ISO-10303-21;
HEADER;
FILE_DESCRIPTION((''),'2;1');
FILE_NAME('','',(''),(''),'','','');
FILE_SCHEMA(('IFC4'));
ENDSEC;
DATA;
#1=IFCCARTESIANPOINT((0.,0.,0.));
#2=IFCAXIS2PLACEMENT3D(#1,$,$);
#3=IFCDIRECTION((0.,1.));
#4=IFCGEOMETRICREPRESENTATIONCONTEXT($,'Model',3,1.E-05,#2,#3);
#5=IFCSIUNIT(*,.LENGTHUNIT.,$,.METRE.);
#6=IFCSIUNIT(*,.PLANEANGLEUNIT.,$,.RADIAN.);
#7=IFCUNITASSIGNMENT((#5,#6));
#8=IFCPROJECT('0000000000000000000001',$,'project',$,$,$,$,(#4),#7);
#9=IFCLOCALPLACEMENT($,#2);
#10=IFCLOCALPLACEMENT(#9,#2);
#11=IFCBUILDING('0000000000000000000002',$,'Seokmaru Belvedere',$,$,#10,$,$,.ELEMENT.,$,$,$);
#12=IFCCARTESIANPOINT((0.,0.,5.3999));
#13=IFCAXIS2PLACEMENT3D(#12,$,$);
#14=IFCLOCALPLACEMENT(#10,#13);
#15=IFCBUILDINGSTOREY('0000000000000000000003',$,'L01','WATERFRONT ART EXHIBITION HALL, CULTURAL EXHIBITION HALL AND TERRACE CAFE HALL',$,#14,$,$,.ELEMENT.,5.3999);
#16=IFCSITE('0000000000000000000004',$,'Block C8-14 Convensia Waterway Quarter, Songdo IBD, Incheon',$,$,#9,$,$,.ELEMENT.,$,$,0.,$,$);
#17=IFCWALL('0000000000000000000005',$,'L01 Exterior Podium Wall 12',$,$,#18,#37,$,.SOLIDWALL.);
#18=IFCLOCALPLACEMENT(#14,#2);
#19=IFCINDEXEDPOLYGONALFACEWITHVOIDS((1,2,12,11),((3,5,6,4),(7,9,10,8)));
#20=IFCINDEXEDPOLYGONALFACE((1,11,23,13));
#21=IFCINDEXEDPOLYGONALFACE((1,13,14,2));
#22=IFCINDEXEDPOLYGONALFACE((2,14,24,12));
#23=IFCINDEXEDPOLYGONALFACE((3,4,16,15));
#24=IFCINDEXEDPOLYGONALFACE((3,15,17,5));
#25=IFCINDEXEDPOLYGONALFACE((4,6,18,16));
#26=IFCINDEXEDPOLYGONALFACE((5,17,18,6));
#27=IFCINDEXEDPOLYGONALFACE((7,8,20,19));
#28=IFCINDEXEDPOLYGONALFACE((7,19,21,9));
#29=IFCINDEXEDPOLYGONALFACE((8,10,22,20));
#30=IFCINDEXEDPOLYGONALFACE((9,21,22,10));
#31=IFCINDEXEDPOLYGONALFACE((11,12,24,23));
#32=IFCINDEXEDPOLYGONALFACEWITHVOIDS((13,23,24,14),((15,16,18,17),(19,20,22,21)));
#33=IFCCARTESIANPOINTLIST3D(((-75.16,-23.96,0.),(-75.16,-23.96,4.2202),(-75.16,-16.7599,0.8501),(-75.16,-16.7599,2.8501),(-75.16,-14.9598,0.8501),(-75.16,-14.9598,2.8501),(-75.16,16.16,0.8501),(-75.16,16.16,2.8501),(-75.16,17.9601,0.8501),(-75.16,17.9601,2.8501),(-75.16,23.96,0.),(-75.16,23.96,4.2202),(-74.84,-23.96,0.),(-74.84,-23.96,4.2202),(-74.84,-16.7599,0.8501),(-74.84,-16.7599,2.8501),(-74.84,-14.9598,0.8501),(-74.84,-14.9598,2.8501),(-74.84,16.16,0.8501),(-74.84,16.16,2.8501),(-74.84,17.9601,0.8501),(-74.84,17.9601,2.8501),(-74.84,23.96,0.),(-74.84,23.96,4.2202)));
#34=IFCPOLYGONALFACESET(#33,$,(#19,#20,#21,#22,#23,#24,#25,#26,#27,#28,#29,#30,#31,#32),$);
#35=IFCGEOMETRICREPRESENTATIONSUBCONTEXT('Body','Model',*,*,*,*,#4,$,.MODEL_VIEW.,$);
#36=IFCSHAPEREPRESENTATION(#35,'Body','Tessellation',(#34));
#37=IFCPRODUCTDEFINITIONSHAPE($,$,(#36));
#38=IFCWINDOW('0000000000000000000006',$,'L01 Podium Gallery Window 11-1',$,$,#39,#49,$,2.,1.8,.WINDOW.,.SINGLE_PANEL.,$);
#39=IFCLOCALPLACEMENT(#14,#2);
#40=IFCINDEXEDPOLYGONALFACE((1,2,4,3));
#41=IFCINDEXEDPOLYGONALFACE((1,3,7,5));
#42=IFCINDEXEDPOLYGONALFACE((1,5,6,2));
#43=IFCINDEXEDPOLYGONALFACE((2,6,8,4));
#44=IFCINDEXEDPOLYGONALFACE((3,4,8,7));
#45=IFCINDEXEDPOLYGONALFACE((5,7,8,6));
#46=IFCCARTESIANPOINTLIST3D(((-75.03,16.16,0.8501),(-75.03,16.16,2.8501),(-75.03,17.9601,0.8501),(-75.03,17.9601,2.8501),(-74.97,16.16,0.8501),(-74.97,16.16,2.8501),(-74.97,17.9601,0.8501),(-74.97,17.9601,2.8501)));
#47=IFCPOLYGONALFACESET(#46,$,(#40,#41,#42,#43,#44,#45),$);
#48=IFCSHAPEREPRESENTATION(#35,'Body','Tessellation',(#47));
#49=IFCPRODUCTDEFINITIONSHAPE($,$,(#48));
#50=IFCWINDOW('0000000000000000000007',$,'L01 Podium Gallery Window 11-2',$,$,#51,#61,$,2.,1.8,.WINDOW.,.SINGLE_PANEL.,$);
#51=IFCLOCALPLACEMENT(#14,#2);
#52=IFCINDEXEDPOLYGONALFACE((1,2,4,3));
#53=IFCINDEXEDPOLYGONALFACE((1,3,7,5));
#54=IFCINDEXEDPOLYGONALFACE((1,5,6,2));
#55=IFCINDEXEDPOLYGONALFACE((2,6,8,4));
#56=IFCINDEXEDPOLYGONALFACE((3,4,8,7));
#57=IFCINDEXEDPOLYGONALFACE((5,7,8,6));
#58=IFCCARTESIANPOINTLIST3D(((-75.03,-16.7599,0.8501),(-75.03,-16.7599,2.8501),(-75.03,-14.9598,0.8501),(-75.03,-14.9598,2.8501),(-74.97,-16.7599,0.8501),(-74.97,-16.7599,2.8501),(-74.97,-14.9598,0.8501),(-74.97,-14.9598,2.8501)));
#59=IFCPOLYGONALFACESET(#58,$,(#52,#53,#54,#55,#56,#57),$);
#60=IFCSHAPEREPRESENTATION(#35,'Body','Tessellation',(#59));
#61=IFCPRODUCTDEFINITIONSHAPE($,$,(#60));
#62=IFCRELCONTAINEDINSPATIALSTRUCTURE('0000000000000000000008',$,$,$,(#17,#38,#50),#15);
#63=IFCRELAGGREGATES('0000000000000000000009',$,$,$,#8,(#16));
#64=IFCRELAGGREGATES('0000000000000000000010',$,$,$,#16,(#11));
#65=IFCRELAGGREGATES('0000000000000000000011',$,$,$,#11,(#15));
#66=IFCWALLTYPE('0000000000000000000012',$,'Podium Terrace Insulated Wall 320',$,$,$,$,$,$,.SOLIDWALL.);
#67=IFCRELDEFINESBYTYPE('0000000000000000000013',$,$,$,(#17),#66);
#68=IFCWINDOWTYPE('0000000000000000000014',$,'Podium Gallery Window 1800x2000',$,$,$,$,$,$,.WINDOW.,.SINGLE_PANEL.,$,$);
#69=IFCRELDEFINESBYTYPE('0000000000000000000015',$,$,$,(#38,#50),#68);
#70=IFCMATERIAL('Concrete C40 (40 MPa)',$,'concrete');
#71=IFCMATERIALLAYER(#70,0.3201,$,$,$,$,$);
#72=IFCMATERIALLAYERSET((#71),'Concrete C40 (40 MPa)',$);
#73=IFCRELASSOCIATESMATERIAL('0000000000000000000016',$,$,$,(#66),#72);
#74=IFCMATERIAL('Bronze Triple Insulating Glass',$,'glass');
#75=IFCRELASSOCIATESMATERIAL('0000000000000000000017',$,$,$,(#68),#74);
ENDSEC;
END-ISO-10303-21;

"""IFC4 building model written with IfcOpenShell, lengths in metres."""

from ifc_helpers import new_model, si_unit, direction, frame, frame_2d, origin, place, context, subcontext, project, spatial, rectangle, extrude, source, transform, mapped, material, layer, layer_set, type_object, type_shapes, element, fill, save


model = new_model("IFC4")

# Units and contexts
model_context = context("Model", 3, precision=1e-05, world=origin(), true_north=direction((0.0, 1.0)))
body_context = subcontext(model_context, "Body", "Model", "MODEL_VIEW")
ifc_project = project(units=[si_unit("LENGTHUNIT", "METRE"), si_unit("PLANEANGLEUNIT", "RADIAN")], contexts=[model_context])

# Site, building, storey
site_placement = place(None, origin())
site = spatial("IfcSite", under=ifc_project, at=site_placement, Name="Block C8-14 Convensia Waterway Quarter, Songdo IBD, Incheon", CompositionType="ELEMENT", RefElevation=0.0)
building_placement = place(site_placement, origin())
building = spatial("IfcBuilding", under=site, at=building_placement, Name="Seokmaru Belvedere", CompositionType="ELEMENT")
storey_placement = place(building_placement, frame((0.0, 0.0, 5.3999)))
storey = spatial("IfcBuildingStorey", under=building, at=storey_placement, Name="L01", Description="WATERFRONT ART EXHIBITION HALL, CULTURAL EXHIBITION HALL AND TERRACE CAFE HALL", CompositionType="ELEMENT", Elevation=5.3999)

# Wall, openings, windows
ifc_material_1 = material(Name="Concrete C40 (40 MPa)", Category="concrete")
ifc_layer_1 = layer(ifc_material_1, 0.3201)
ifc_layer_set_1 = layer_set([ifc_layer_1], Name="Concrete C40 (40 MPa)")
wall_type_1 = type_object("IfcWallType", Name="Podium Terrace Insulated Wall 320", PredefinedType="SOLIDWALL", material=ifc_layer_set_1)
wall_1_placement = place(storey_placement, frame((-75.0, 23.96, 0.0), z_axis=(0.0, 0.0, 1.0), x_axis=(0.0, -1.0, 0.0)))
wall_1 = element("IfcWall", 1, at=wall_1_placement, inside=storey, type_object=wall_type_1, Name="L01 Exterior Podium Wall 12", PredefinedType="SOLIDWALL", context=body_context, shape_type="SweptSolid", body=[
    extrude(rectangle(XDim=47.9199, YDim=0.3201, at=frame_2d((23.96, 0.0))), origin(), (0.0, 0.0, 1.0), 4.2202),
])
opening_1_placement = place(wall_1_placement, frame((6.0, 0.0, 0.8501)))
opening_1 = element("IfcOpeningElement", 2, at=opening_1_placement, cuts=wall_1, PredefinedType="OPENING", context=body_context, shape_type="SweptSolid", body=[
    extrude(rectangle(XDim=1.8, YDim=2.0, at=frame_2d((0.8999, 1.0))), frame((0.0, 0.1699, 0.0), z_axis=(0.0, -1.0, 0.0), x_axis=(1.0, 0.0, 0.0)), (0.0, 0.0, 1.0), 0.3401),
])
opening_2_placement = place(wall_1_placement, frame((38.9199, 0.0, 0.8501)))
opening_2 = element("IfcOpeningElement", 3, at=opening_2_placement, cuts=wall_1, PredefinedType="OPENING", context=body_context, shape_type="SweptSolid", body=[
    extrude(rectangle(XDim=1.8, YDim=2.0, at=frame_2d((0.8999, 1.0))), frame((0.0, 0.1699, 0.0), z_axis=(0.0, -1.0, 0.0), x_axis=(1.0, 0.0, 0.0)), (0.0, 0.0, 1.0), 0.3401),
])
ifc_material_2 = material(Name="Bronze Triple Insulating Glass", Category="glass")
window_type = type_object("IfcWindowType", Name="Podium Gallery Window 1800x2000", PartitioningType="SINGLE_PANEL", PredefinedType="WINDOW", material=ifc_material_2)
shared_shape_1 = source(origin(), body_context, "Body", "SweptSolid", [
    extrude(rectangle(XDim=1.8, YDim=2.0, at=frame_2d((0.8999, 1.0))), frame((0.0, 0.03, 0.0), z_axis=(0.0, -1.0, 0.0), x_axis=(1.0, 0.0, 0.0)), (0.0, 0.0, 1.0), 0.0601),
])
type_shapes(window_type, [shared_shape_1])
window_1_placement = place(opening_1_placement, origin())
window_1 = element("IfcWindow", 4, at=window_1_placement, inside=storey, type_object=window_type, Name="L01 Podium Gallery Window 11-1", OverallHeight=2.0, OverallWidth=1.8, PartitioningType="SINGLE_PANEL", PredefinedType="WINDOW", context=body_context, shape_type="MappedRepresentation", body=[
    mapped(shared_shape_1, transform((0.0, 0.0, 0.0), scale=1.0)),
])
fill(opening_1, window_1)
window_2_placement = place(opening_2_placement, origin())
window_2 = element("IfcWindow", 5, at=window_2_placement, inside=storey, type_object=window_type, Name="L01 Podium Gallery Window 11-2", OverallHeight=2.0, OverallWidth=1.8, PartitioningType="SINGLE_PANEL", PredefinedType="WINDOW", context=body_context, shape_type="MappedRepresentation", body=[
    mapped(shared_shape_1, transform((0.0, 0.0, 0.0), scale=1.0)),
])
fill(opening_2, window_2)

save(model, "model.ifc")
